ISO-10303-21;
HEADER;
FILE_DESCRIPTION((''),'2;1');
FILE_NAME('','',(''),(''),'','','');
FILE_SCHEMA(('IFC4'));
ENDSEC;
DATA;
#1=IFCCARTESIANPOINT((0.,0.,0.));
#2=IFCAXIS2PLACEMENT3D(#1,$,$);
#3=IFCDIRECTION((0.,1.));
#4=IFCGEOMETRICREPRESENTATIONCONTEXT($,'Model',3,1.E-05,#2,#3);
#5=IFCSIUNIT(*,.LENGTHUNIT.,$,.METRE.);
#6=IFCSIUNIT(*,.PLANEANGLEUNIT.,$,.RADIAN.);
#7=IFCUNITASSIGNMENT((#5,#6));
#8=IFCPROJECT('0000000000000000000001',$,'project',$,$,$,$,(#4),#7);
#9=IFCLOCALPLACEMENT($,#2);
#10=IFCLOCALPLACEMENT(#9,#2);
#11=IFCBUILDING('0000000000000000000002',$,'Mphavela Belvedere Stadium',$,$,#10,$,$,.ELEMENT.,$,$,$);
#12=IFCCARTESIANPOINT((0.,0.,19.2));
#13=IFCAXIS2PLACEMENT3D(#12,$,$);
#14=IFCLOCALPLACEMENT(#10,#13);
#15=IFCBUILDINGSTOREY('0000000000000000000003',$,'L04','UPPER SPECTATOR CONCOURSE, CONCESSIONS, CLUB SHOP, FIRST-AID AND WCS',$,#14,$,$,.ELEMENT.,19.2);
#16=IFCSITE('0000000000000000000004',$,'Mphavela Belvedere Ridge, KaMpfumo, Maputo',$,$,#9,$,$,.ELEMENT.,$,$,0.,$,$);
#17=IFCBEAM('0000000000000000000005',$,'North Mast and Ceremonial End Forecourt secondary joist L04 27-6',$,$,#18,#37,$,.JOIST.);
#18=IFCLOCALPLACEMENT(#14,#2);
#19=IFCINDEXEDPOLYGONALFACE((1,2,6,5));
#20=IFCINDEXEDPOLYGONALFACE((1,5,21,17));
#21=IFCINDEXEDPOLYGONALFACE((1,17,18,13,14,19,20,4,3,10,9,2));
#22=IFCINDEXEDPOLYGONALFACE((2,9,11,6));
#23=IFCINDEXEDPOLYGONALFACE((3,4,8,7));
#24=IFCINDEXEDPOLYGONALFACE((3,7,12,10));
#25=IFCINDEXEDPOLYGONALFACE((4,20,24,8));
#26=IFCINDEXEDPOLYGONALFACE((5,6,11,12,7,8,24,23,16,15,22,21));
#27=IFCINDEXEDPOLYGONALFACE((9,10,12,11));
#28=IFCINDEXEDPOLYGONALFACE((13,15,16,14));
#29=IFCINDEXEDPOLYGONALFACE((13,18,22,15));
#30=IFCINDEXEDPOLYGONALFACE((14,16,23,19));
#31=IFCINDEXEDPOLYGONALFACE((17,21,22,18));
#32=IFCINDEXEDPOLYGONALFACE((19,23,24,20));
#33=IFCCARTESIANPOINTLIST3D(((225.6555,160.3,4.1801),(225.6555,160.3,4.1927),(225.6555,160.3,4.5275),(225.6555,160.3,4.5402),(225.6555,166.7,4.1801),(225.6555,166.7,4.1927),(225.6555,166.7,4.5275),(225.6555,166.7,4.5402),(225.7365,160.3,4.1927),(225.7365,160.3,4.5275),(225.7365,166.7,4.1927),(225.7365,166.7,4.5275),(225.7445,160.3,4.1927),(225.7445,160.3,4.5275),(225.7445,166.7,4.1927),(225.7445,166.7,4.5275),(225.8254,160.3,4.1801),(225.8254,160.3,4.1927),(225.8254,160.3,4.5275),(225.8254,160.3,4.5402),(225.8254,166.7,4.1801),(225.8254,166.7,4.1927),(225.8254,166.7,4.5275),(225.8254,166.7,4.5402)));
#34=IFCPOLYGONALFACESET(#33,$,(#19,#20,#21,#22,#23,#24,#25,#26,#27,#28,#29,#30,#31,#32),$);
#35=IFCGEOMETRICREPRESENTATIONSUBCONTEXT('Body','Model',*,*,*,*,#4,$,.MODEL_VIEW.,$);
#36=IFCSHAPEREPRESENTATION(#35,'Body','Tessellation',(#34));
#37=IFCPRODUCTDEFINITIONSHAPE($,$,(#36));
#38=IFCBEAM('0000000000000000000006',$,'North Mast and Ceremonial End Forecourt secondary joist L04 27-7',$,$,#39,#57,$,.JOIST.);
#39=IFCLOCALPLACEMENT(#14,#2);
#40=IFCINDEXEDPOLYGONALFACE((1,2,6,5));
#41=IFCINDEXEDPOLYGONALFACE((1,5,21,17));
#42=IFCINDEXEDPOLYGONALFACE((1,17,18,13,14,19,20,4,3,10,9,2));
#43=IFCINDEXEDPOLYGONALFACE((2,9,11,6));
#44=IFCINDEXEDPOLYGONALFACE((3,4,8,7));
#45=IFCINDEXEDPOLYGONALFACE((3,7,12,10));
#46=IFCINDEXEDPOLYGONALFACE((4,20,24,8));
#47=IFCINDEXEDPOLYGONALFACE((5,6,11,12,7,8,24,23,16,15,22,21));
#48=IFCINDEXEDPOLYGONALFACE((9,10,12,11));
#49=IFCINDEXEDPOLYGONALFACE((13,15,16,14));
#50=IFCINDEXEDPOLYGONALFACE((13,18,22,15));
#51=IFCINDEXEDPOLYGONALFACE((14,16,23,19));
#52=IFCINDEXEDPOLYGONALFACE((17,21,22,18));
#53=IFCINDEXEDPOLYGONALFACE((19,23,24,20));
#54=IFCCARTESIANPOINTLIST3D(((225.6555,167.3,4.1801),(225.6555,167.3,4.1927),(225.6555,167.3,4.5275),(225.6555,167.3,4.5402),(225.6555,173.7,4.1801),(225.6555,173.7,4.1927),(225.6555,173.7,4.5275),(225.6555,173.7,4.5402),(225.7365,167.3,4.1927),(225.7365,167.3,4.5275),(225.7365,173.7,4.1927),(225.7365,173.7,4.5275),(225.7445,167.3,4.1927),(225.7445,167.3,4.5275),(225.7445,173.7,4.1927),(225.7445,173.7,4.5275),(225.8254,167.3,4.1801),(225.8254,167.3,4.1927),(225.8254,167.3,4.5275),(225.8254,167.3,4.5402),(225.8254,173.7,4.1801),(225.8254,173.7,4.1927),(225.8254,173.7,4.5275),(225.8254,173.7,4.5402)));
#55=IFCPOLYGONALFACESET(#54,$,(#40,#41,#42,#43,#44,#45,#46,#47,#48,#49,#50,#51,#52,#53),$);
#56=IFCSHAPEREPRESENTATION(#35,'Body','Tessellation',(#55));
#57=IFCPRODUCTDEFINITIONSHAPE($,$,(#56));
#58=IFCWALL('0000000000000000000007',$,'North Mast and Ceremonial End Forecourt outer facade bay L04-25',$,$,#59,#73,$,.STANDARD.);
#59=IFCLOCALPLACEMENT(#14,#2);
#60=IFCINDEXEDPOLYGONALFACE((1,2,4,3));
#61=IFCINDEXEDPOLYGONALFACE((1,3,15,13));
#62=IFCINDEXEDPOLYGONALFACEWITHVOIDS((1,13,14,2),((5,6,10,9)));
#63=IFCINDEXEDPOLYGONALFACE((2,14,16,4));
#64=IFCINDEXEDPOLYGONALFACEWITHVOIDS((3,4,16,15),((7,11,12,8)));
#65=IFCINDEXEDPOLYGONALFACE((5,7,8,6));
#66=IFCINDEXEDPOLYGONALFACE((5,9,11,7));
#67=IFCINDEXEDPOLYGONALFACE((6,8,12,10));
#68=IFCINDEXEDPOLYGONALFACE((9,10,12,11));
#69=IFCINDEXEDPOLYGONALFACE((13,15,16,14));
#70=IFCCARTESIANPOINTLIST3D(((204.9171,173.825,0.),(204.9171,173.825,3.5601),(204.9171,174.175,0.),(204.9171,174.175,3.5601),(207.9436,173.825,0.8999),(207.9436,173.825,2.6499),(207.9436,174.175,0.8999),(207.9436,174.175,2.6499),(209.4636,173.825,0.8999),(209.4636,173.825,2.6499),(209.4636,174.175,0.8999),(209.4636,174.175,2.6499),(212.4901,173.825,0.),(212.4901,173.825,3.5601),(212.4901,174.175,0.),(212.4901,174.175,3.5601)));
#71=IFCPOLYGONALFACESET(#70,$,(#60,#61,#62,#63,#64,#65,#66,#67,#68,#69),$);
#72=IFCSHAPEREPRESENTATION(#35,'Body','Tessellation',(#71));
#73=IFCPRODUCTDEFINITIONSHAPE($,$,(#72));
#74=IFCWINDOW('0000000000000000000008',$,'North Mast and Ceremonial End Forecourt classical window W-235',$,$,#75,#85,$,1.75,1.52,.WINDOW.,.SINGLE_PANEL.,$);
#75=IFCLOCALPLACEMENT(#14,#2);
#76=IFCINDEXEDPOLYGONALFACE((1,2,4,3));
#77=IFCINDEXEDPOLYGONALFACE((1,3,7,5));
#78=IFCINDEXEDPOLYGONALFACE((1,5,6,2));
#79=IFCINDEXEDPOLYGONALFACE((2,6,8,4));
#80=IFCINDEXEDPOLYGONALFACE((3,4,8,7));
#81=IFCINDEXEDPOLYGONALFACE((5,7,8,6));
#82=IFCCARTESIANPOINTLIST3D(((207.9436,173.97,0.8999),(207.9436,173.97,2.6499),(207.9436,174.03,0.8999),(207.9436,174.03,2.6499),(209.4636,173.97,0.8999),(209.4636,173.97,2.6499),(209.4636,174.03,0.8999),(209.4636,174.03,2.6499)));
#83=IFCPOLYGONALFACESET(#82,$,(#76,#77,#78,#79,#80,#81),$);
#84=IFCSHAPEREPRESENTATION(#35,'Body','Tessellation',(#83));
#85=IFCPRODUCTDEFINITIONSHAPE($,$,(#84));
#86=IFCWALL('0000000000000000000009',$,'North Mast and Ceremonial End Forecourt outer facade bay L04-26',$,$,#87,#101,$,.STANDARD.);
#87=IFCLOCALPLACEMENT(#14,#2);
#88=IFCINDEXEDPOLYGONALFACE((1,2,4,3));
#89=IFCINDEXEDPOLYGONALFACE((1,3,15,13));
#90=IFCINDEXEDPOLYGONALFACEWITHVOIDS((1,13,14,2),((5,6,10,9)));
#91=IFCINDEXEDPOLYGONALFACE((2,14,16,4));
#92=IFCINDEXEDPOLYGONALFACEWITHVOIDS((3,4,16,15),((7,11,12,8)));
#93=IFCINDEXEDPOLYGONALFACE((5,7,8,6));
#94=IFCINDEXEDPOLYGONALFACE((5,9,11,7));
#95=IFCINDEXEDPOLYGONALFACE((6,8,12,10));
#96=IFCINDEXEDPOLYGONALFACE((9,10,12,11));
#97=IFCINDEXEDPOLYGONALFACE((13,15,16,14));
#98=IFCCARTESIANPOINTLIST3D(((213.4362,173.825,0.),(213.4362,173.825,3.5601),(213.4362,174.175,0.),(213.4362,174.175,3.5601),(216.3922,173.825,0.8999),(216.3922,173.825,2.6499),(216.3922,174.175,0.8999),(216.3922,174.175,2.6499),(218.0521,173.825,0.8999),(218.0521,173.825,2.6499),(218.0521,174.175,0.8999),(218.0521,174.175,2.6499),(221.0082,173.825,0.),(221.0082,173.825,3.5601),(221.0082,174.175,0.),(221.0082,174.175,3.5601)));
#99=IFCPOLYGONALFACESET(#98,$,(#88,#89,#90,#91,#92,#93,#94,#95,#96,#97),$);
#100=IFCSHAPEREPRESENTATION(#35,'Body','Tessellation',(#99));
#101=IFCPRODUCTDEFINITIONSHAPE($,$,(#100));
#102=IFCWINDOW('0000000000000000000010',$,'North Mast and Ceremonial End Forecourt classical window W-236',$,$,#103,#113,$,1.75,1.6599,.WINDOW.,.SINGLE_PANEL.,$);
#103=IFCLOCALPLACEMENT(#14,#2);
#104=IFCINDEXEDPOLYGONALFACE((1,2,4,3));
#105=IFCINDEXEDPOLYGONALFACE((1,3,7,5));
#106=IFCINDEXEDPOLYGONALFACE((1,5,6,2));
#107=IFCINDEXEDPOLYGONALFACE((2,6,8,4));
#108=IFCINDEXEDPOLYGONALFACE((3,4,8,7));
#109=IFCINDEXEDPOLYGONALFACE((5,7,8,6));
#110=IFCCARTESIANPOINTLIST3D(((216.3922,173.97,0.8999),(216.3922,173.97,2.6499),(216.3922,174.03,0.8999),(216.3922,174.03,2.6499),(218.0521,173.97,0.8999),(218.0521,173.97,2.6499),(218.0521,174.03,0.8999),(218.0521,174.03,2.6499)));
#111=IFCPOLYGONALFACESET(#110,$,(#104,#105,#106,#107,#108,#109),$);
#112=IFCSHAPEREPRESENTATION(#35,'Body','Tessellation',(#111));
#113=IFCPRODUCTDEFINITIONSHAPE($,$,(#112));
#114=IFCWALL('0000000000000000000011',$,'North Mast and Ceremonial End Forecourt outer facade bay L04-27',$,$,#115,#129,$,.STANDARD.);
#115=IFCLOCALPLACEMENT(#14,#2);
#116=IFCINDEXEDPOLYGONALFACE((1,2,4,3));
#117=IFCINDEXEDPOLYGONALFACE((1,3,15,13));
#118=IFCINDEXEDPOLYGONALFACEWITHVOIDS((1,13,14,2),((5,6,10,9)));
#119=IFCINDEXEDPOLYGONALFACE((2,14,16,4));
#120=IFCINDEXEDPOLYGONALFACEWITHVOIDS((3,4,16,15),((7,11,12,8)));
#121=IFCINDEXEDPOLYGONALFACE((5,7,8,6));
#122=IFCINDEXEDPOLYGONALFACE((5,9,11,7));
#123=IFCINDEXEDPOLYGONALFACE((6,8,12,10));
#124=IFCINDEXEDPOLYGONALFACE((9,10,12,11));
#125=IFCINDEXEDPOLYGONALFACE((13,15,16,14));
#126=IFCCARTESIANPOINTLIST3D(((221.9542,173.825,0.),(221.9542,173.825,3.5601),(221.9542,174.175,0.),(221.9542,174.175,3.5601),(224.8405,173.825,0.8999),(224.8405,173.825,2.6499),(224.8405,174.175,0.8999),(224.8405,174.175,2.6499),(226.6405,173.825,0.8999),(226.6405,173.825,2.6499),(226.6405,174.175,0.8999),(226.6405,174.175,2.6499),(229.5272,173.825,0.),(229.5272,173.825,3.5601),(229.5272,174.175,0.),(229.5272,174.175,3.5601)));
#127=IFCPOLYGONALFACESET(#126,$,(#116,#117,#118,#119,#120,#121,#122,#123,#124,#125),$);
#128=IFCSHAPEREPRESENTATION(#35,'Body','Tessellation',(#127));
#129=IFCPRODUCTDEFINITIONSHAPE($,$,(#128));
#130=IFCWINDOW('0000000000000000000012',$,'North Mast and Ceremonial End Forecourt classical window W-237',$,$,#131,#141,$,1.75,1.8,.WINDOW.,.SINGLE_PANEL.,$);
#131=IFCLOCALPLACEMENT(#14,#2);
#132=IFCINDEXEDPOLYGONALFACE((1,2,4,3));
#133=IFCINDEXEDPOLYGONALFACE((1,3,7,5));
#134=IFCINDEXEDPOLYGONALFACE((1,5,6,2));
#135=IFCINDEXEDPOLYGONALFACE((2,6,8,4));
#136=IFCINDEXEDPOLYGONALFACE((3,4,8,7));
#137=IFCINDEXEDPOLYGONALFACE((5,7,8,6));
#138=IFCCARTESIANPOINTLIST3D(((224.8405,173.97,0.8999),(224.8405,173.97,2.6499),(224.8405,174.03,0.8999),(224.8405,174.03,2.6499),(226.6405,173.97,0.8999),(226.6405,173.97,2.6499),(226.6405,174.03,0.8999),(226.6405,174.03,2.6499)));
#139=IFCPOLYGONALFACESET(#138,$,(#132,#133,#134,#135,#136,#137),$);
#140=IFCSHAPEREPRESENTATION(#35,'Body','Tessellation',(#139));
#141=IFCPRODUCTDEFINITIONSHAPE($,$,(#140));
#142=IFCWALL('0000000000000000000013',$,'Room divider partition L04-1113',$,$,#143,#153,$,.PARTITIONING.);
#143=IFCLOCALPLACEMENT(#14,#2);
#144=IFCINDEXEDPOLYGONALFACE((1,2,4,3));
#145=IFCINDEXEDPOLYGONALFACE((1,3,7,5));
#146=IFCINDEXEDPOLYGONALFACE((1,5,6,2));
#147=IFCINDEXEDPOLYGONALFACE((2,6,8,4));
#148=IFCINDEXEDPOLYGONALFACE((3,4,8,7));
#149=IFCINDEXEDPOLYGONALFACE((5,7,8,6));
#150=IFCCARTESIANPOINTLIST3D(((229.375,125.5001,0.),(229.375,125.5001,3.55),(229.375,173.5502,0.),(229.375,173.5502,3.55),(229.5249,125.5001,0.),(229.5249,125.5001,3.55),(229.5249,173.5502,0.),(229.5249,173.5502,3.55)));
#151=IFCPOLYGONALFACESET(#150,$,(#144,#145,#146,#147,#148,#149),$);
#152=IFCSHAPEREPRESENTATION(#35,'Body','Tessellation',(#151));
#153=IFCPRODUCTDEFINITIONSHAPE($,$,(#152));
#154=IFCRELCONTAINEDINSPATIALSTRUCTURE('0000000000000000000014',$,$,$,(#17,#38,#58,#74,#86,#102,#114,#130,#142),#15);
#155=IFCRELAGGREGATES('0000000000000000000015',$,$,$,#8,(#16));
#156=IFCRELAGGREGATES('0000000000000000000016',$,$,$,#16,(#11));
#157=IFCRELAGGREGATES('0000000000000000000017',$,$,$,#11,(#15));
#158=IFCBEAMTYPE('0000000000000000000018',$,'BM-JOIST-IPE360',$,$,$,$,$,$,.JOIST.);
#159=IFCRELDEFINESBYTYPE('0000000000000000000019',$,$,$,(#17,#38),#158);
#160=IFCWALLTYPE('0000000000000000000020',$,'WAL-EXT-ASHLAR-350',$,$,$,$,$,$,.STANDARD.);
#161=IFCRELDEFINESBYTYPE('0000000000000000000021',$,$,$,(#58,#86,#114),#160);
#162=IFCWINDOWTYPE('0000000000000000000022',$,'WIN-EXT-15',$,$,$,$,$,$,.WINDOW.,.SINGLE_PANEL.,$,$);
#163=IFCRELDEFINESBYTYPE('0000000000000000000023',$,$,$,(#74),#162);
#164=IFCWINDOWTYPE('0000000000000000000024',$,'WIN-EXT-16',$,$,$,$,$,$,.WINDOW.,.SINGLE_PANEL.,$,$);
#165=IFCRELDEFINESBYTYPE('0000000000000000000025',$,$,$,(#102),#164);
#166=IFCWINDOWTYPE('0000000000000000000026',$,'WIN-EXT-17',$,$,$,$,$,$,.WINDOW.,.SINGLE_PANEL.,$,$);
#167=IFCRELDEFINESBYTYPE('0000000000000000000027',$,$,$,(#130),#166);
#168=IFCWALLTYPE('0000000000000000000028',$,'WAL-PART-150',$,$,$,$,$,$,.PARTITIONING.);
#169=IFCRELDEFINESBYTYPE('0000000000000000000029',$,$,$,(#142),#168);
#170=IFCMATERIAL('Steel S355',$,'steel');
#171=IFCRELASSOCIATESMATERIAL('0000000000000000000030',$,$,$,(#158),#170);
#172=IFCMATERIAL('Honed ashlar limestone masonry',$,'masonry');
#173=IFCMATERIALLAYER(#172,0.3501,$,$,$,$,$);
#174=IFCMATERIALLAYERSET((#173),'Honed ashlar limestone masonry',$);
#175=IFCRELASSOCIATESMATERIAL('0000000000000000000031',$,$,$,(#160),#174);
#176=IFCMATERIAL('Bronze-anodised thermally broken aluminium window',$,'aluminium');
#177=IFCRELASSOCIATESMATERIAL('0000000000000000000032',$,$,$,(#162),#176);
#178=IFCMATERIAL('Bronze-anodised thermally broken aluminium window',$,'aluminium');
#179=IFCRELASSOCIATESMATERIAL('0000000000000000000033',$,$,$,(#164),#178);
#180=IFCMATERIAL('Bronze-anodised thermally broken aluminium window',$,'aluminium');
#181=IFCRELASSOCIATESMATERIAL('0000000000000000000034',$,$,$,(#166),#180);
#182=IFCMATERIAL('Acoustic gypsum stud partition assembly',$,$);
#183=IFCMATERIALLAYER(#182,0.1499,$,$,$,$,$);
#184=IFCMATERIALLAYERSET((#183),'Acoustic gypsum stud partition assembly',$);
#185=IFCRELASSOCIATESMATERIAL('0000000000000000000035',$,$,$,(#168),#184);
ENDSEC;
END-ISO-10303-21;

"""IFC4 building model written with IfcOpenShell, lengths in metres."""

from ifc_helpers import new_model, si_unit, direction, frame, frame_2d, origin, origin_2d, place, context, subcontext, project, spatial, rectangle, i_section, extrude, material, layer, layer_set, material_profile, profile_set, type_object, element, fill, save


model = new_model("IFC4")

# Units and contexts
model_context = context("Model", 3, precision=1e-05, world=origin(), true_north=direction((0.0, 1.0)))
body_context = subcontext(model_context, "Body", "Model", "MODEL_VIEW")
ifc_project = project(units=[si_unit("LENGTHUNIT", "METRE"), si_unit("PLANEANGLEUNIT", "RADIAN")], contexts=[model_context])

# Site, building, storey
site_placement = place(None, origin())
site = spatial("IfcSite", under=ifc_project, at=site_placement, Name="Mphavela Belvedere Ridge, KaMpfumo, Maputo", CompositionType="ELEMENT", RefElevation=0.0)
building_placement = place(site_placement, origin())
building = spatial("IfcBuilding", under=site, at=building_placement, Name="Mphavela Belvedere Stadium", CompositionType="ELEMENT")
storey_placement = place(building_placement, frame((0.0, 0.0, 19.2)))
storey = spatial("IfcBuildingStorey", under=building, at=storey_placement, Name="L04", Description="UPPER SPECTATOR CONCOURSE, CONCESSIONS, CLUB SHOP, FIRST-AID AND WCS", CompositionType="ELEMENT", Elevation=19.2)

# Beams
ifc_material_1 = material(Name="Steel S355", Category="steel")
ifc_material_profile_1 = material_profile(ifc_material_1, i_section(OverallWidth=0.1699, OverallDepth=0.3601, WebThickness=0.0081, FlangeThickness=0.0127, at=origin_2d()), Name="IPE 360")
ifc_profile_set_1 = profile_set([ifc_material_profile_1], Name="Steel S355")
beam_type_1 = type_object("IfcBeamType", Name="BM-JOIST-IPE360", PredefinedType="JOIST", material=ifc_profile_set_1)
for number, where, z_axis, x_axis, name in (
    (1, (225.7405, 160.3, 4.3601), (0.0, 1.0, 0.0), (-1.0, 0.0, 0.0), "North Mast and Ceremonial End Forecourt secondary joist L04 27-6"),
    (2, (225.7405, 167.3, 4.3601), (0.0, 1.0, 0.0), (-1.0, 0.0, 0.0), "North Mast and Ceremonial End Forecourt secondary joist L04 27-7"),
):
    element("IfcBeam", number, at=place(storey_placement, frame(where, z_axis=z_axis, x_axis=x_axis)), inside=storey, type_object=beam_type_1, Name=name, PredefinedType="JOIST", context=body_context, shape_type="SweptSolid", body=[
        extrude(i_section(OverallWidth=0.1699, OverallDepth=0.3601, WebThickness=0.0081, FlangeThickness=0.0127, at=origin_2d()), origin(), (0.0, 0.0, 1.0), 6.3999),
    ])

# Walls, openings, windows
ifc_material_2 = material(Name="Honed ashlar limestone masonry", Category="masonry")
ifc_layer_1 = layer(ifc_material_2, 0.3501)
ifc_layer_set_1 = layer_set([ifc_layer_1], Name="Honed ashlar limestone masonry")
wall_type_1 = type_object("IfcWallType", Name="WAL-EXT-ASHLAR-350", PredefinedType="STANDARD", material=ifc_layer_set_1)
wall_1_placement = place(storey_placement, frame((204.917, 174.0, 0.0), z_axis=(0.0, 0.0, 1.0), x_axis=(1.0, 0.0, 0.0)))
wall_1 = element("IfcWall", 3, at=wall_1_placement, inside=storey, type_object=wall_type_1, Name="North Mast and Ceremonial End Forecourt outer facade bay L04-25", PredefinedType="STANDARD", context=body_context, shape_type="SweptSolid", body=[
    extrude(rectangle(XDim=7.573, YDim=0.3501, at=frame_2d((3.7866, 0.0))), origin(), (0.0, 0.0, 1.0), 3.5601),
])
opening_1_placement = place(wall_1_placement, frame((3.0266, 0.0, 0.8999)))
opening_1 = element("IfcOpeningElement", 4, at=opening_1_placement, cuts=wall_1, PredefinedType="OPENING", context=body_context, shape_type="SweptSolid", body=[
    extrude(rectangle(XDim=1.52, YDim=1.75, at=frame_2d((0.76, 0.875))), frame((0.0, 0.1851, 0.0), z_axis=(0.0, -1.0, 0.0), x_axis=(1.0, 0.0, 0.0)), (0.0, 0.0, 1.0), 0.3701),
])
ifc_material_3 = material(Name="Bronze-anodised thermally broken aluminium window", Category="aluminium")
window_type_1 = type_object("IfcWindowType", Name="WIN-EXT-15", PartitioningType="SINGLE_PANEL", PredefinedType="WINDOW", material=ifc_material_3)
window_1_placement = place(opening_1_placement, origin())
window_1 = element("IfcWindow", 5, at=window_1_placement, inside=storey, type_object=window_type_1, Name="North Mast and Ceremonial End Forecourt classical window W-235", OverallHeight=1.75, OverallWidth=1.52, PartitioningType="SINGLE_PANEL", PredefinedType="WINDOW", context=body_context, shape_type="SweptSolid", body=[
    extrude(rectangle(XDim=1.52, YDim=1.75, at=frame_2d((0.76, 0.875))), frame((0.0, 0.03, 0.0), z_axis=(0.0, -1.0, 0.0), x_axis=(1.0, 0.0, 0.0)), (0.0, 0.0, 1.0), 0.0601),
])
fill(opening_1, window_1)
wall_2_placement = place(storey_placement, frame((213.436, 174.0, 0.0), z_axis=(0.0, 0.0, 1.0), x_axis=(1.0, 0.0, 0.0)))
wall_2 = element("IfcWall", 6, at=wall_2_placement, inside=storey, type_object=wall_type_1, Name="North Mast and Ceremonial End Forecourt outer facade bay L04-26", PredefinedType="STANDARD", context=body_context, shape_type="SweptSolid", body=[
    extrude(rectangle(XDim=7.572, YDim=0.3501, at=frame_2d((3.7861, 0.0))), origin(), (0.0, 0.0, 1.0), 3.5601),
])
opening_2_placement = place(wall_2_placement, frame((2.9561, 0.0, 0.8999)))
opening_2 = element("IfcOpeningElement", 7, at=opening_2_placement, cuts=wall_2, PredefinedType="OPENING", context=body_context, shape_type="SweptSolid", body=[
    extrude(rectangle(XDim=1.6599, YDim=1.75, at=frame_2d((0.8301, 0.875))), frame((0.0, 0.1851, 0.0), z_axis=(0.0, -1.0, 0.0), x_axis=(1.0, 0.0, 0.0)), (0.0, 0.0, 1.0), 0.3701),
])
ifc_material_4 = material(Name="Bronze-anodised thermally broken aluminium window", Category="aluminium")
window_type_2 = type_object("IfcWindowType", Name="WIN-EXT-16", PartitioningType="SINGLE_PANEL", PredefinedType="WINDOW", material=ifc_material_4)
window_2_placement = place(opening_2_placement, origin())
window_2 = element("IfcWindow", 8, at=window_2_placement, inside=storey, type_object=window_type_2, Name="North Mast and Ceremonial End Forecourt classical window W-236", OverallHeight=1.75, OverallWidth=1.6599, PartitioningType="SINGLE_PANEL", PredefinedType="WINDOW", context=body_context, shape_type="SweptSolid", body=[
    extrude(rectangle(XDim=1.6599, YDim=1.75, at=frame_2d((0.8301, 0.875))), frame((0.0, 0.03, 0.0), z_axis=(0.0, -1.0, 0.0), x_axis=(1.0, 0.0, 0.0)), (0.0, 0.0, 1.0), 0.0601),
])
fill(opening_2, window_2)
wall_3_placement = place(storey_placement, frame((221.9541, 174.0, 0.0), z_axis=(0.0, 0.0, 1.0), x_axis=(1.0, 0.0, 0.0)))
wall_3 = element("IfcWall", 9, at=wall_3_placement, inside=storey, type_object=wall_type_1, Name="North Mast and Ceremonial End Forecourt outer facade bay L04-27", PredefinedType="STANDARD", context=body_context, shape_type="SweptSolid", body=[
    extrude(rectangle(XDim=7.573, YDim=0.3501, at=frame_2d((3.7866, 0.0))), origin(), (0.0, 0.0, 1.0), 3.5601),
])
opening_3_placement = place(wall_3_placement, frame((2.8865, 0.0, 0.8999)))
opening_3 = element("IfcOpeningElement", 10, at=opening_3_placement, cuts=wall_3, PredefinedType="OPENING", context=body_context, shape_type="SweptSolid", body=[
    extrude(rectangle(XDim=1.8, YDim=1.75, at=frame_2d((0.8999, 0.875))), frame((0.0, 0.1851, 0.0), z_axis=(0.0, -1.0, 0.0), x_axis=(1.0, 0.0, 0.0)), (0.0, 0.0, 1.0), 0.3701),
])
ifc_material_5 = material(Name="Bronze-anodised thermally broken aluminium window", Category="aluminium")
window_type_3 = type_object("IfcWindowType", Name="WIN-EXT-17", PartitioningType="SINGLE_PANEL", PredefinedType="WINDOW", material=ifc_material_5)
window_3_placement = place(opening_3_placement, origin())
window_3 = element("IfcWindow", 11, at=window_3_placement, inside=storey, type_object=window_type_3, Name="North Mast and Ceremonial End Forecourt classical window W-237", OverallHeight=1.75, OverallWidth=1.8, PartitioningType="SINGLE_PANEL", PredefinedType="WINDOW", context=body_context, shape_type="SweptSolid", body=[
    extrude(rectangle(XDim=1.8, YDim=1.75, at=frame_2d((0.8999, 0.875))), frame((0.0, 0.03, 0.0), z_axis=(0.0, -1.0, 0.0), x_axis=(1.0, 0.0, 0.0)), (0.0, 0.0, 1.0), 0.0601),
])
fill(opening_3, window_3)

# Wall
ifc_material_6 = material(Name="Acoustic gypsum stud partition assembly")
ifc_layer_2 = layer(ifc_material_6, 0.1499)
ifc_layer_set_2 = layer_set([ifc_layer_2], Name="Acoustic gypsum stud partition assembly")
wall_type_2 = type_object("IfcWallType", Name="WAL-PART-150", PredefinedType="PARTITIONING", material=ifc_layer_set_2)
wall_4_placement = place(storey_placement, frame((229.45, 173.55, 0.0), z_axis=(0.0, 0.0, 1.0), x_axis=(0.0, -1.0, 0.0)))
element("IfcWall", 12, at=wall_4_placement, inside=storey, type_object=wall_type_2, Name="Room divider partition L04-1113", PredefinedType="PARTITIONING", context=body_context, shape_type="SweptSolid", body=[
    extrude(rectangle(XDim=48.05, YDim=0.1499, at=frame_2d((24.0249, 0.0))), origin(), (0.0, 0.0, 1.0), 3.55),
])

save(model, "model.ifc")
